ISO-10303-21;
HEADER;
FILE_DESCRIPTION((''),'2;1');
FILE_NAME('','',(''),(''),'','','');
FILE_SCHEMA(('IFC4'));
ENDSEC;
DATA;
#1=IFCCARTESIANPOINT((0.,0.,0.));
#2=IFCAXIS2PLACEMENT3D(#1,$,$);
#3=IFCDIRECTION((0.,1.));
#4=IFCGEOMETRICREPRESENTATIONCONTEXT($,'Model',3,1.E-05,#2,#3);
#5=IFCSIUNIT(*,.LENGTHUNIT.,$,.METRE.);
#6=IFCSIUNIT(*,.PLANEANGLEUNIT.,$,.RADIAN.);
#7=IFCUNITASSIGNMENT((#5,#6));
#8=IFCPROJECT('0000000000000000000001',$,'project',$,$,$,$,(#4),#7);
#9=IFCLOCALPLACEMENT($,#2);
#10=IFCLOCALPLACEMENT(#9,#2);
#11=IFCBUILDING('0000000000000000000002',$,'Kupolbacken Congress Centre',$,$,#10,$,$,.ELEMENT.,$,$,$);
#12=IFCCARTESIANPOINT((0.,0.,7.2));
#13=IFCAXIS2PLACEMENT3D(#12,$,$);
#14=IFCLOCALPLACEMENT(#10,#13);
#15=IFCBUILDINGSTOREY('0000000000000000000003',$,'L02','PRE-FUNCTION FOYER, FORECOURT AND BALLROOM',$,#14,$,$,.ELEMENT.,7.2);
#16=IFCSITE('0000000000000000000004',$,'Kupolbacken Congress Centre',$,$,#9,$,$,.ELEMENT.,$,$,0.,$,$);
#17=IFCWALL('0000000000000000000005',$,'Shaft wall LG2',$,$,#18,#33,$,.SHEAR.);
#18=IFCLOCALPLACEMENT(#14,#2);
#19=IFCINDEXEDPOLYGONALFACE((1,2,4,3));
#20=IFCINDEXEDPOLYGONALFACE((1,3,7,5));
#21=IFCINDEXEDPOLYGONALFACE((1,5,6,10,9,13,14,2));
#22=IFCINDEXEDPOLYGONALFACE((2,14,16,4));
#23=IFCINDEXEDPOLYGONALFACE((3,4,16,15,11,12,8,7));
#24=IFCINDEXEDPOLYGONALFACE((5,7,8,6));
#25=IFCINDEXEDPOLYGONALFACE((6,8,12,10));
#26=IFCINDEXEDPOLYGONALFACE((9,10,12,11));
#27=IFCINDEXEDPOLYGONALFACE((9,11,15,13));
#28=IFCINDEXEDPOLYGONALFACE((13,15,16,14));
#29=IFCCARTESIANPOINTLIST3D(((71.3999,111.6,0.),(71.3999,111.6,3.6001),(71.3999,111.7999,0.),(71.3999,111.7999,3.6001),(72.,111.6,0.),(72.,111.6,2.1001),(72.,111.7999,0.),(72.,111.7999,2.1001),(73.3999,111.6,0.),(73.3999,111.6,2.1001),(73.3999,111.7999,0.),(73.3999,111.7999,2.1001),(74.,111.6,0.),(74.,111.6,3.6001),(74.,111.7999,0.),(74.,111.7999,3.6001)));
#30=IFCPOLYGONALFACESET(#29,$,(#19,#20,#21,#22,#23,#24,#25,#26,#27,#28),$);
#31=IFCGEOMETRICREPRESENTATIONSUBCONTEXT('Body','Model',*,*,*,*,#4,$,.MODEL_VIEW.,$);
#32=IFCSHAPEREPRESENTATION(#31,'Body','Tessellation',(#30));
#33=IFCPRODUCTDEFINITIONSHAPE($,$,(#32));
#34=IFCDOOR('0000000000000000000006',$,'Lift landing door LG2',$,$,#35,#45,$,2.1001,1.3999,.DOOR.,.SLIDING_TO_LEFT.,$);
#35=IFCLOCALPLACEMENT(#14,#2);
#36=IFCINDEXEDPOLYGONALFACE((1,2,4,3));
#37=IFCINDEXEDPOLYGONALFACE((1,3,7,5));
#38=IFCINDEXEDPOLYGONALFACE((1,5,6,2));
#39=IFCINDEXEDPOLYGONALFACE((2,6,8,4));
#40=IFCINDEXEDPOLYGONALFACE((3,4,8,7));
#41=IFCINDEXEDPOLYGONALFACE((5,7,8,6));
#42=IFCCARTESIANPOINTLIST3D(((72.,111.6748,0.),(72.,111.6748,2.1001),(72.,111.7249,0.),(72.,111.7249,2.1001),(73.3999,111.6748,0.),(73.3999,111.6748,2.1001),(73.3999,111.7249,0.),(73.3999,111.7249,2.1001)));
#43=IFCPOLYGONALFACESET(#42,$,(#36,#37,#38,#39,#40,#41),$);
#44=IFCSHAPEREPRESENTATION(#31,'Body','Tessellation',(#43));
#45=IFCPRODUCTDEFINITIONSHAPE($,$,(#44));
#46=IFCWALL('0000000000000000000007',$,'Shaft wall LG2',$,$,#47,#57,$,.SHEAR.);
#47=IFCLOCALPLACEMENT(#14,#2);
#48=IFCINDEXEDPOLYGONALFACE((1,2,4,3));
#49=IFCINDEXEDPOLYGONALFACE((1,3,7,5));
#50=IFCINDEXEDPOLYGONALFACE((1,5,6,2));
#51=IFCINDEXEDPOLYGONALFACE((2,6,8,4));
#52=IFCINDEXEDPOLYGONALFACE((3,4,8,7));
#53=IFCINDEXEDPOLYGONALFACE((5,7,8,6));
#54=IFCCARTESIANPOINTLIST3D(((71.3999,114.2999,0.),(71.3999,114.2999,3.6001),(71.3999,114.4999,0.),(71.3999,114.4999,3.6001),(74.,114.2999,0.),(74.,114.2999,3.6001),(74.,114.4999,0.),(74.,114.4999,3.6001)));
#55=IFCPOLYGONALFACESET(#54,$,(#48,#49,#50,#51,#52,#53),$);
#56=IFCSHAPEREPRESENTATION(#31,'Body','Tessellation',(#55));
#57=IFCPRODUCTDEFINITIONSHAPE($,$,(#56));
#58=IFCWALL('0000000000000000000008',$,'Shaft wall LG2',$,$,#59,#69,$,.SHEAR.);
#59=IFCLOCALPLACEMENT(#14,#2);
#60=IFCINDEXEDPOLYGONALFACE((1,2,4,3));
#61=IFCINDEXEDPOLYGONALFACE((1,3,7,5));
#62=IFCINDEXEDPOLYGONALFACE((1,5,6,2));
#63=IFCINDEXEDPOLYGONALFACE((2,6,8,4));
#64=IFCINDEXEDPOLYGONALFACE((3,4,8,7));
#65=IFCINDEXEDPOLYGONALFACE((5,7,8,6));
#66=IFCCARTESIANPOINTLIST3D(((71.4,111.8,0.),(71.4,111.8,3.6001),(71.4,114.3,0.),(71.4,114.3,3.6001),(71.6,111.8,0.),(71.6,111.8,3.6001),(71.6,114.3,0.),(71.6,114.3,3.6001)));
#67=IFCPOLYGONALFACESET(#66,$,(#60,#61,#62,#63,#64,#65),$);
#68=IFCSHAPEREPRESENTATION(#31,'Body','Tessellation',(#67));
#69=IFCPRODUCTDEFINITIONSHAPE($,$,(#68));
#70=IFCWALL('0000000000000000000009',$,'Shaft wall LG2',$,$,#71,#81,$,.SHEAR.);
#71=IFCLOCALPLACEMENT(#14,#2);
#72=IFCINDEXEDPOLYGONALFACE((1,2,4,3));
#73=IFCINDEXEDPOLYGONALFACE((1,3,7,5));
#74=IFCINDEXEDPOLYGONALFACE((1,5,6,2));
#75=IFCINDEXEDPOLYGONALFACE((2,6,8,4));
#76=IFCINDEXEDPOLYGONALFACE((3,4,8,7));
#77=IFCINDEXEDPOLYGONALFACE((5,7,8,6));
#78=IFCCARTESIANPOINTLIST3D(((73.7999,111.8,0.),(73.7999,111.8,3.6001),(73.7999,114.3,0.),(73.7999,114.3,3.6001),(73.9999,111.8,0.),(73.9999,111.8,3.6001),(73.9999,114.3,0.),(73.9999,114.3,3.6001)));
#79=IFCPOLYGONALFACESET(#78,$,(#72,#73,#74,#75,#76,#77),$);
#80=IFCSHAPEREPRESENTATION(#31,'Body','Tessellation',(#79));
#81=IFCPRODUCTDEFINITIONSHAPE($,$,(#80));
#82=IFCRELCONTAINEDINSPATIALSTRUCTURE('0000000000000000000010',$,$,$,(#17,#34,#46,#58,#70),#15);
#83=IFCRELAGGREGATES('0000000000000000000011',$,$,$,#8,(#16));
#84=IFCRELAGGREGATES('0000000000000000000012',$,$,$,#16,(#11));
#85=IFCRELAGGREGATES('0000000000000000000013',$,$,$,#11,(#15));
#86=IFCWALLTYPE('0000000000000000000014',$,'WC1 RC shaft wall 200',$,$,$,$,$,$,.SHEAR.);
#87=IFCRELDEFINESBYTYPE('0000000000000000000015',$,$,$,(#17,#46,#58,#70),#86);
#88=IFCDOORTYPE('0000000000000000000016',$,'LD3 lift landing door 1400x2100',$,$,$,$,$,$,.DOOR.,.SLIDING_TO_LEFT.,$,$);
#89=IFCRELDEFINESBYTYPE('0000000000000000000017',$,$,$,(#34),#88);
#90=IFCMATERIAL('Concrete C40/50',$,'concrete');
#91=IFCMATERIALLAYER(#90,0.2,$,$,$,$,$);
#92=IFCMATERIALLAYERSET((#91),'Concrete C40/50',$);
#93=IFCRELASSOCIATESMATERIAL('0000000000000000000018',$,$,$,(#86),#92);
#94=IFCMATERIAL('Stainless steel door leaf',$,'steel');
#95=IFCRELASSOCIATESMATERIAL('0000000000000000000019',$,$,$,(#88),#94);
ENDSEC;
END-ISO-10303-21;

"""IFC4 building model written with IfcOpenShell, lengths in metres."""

from ifc_helpers import new_model, si_unit, direction, frame, frame_2d, origin, place, context, subcontext, project, spatial, rectangle, extrude, material, layer, layer_set, type_object, element, fill, save


model = new_model("IFC4")

# Units and contexts
model_context = context("Model", 3, precision=1e-05, world=origin(), true_north=direction((0.0, 1.0)))
body_context = subcontext(model_context, "Body", "Model", "MODEL_VIEW")
ifc_project = project(units=[si_unit("LENGTHUNIT", "METRE"), si_unit("PLANEANGLEUNIT", "RADIAN")], contexts=[model_context])

# Site, building, storey
site_placement = place(None, origin())
site = spatial("IfcSite", under=ifc_project, at=site_placement, Name="Kupolbacken Congress Centre", CompositionType="ELEMENT", RefElevation=0.0)
building_placement = place(site_placement, origin())
building = spatial("IfcBuilding", under=site, at=building_placement, Name="Kupolbacken Congress Centre", CompositionType="ELEMENT")
storey_placement = place(building_placement, frame((0.0, 0.0, 7.2)))
storey = spatial("IfcBuildingStorey", under=building, at=storey_placement, Name="L02", Description="PRE-FUNCTION FOYER, FORECOURT AND BALLROOM", CompositionType="ELEMENT", Elevation=7.2)

# Shared definitions
ifc_material_1 = material(Name="Concrete C40/50", Category="concrete")
ifc_layer_1 = layer(ifc_material_1, 0.2)
ifc_layer_set_1 = layer_set([ifc_layer_1], Name="Concrete C40/50")
wall_type_1 = type_object("IfcWallType", Name="WC1 RC shaft wall 200", PredefinedType="SHEAR", material=ifc_layer_set_1)

# Wall, opening, door
wall_1_placement = place(storey_placement, frame((71.3999, 111.7, 0.0), z_axis=(0.0, 0.0, 1.0), x_axis=(1.0, 0.0, 0.0)))
wall_1 = element("IfcWall", 1, at=wall_1_placement, inside=storey, type_object=wall_type_1, Name="Shaft wall LG2", PredefinedType="SHEAR", context=body_context, shape_type="SweptSolid", body=[
    extrude(rectangle(XDim=2.6001, YDim=0.2, at=frame_2d((1.3, 0.0))), origin(), (0.0, 0.0, 1.0), 3.6001),
])
opening_1_placement = place(wall_1_placement, frame((0.6001, 0.0, 0.0)))
opening_1 = element("IfcOpeningElement", 2, at=opening_1_placement, cuts=wall_1, PredefinedType="OPENING", context=body_context, shape_type="SweptSolid", body=[
    extrude(rectangle(XDim=1.3999, YDim=2.1001, at=frame_2d((0.7, 1.05))), frame((0.0, 0.1099, 0.0), z_axis=(0.0, -1.0, 0.0), x_axis=(1.0, 0.0, 0.0)), (0.0, 0.0, 1.0), 0.22),
])
ifc_material_2 = material(Name="Stainless steel door leaf", Category="steel")
door_type_1 = type_object("IfcDoorType", Name="LD3 lift landing door 1400x2100", OperationType="SLIDING_TO_LEFT", PredefinedType="DOOR", material=ifc_material_2)
door_1_placement = place(opening_1_placement, origin())
door_1 = element("IfcDoor", 3, at=door_1_placement, inside=storey, type_object=door_type_1, Name="Lift landing door LG2", OperationType="SLIDING_TO_LEFT", OverallHeight=2.1001, OverallWidth=1.3999, PredefinedType="DOOR", context=body_context, shape_type="SweptSolid", body=[
    extrude(rectangle(XDim=1.3999, YDim=2.1001, at=frame_2d((0.7, 1.05))), frame((0.0, 0.0249, 0.0), z_axis=(0.0, -1.0, 0.0), x_axis=(1.0, 0.0, 0.0)), (0.0, 0.0, 1.0), 0.05),
])
fill(opening_1, door_1)

# Walls
wall_2_placement = place(storey_placement, frame((71.3999, 114.3999, 0.0), z_axis=(0.0, 0.0, 1.0), x_axis=(1.0, 0.0, 0.0)))
element("IfcWall", 4, at=wall_2_placement, inside=storey, type_object=wall_type_1, Name="Shaft wall LG2", PredefinedType="SHEAR", context=body_context, shape_type="SweptSolid", body=[
    extrude(rectangle(XDim=2.6001, YDim=0.2, at=frame_2d((1.3, 0.0))), origin(), (0.0, 0.0, 1.0), 3.6001),
])
for number, where, z_axis, x_axis, name in (
    (5, (71.5, 111.8, 0.0), (0.0, 0.0, 1.0), (0.0, 1.0, 0.0), "Shaft wall LG2"),
    (6, (73.8999, 111.8, 0.0), (0.0, 0.0, 1.0), (0.0, 1.0, 0.0), "Shaft wall LG2"),
):
    element("IfcWall", number, at=place(storey_placement, frame(where, z_axis=z_axis, x_axis=x_axis)), inside=storey, type_object=wall_type_1, Name=name, PredefinedType="SHEAR", context=body_context, shape_type="SweptSolid", body=[
        extrude(rectangle(XDim=2.5, YDim=0.2, at=frame_2d((1.25, 0.0))), origin(), (0.0, 0.0, 1.0), 3.6001),
    ])

save(model, "model.ifc")
